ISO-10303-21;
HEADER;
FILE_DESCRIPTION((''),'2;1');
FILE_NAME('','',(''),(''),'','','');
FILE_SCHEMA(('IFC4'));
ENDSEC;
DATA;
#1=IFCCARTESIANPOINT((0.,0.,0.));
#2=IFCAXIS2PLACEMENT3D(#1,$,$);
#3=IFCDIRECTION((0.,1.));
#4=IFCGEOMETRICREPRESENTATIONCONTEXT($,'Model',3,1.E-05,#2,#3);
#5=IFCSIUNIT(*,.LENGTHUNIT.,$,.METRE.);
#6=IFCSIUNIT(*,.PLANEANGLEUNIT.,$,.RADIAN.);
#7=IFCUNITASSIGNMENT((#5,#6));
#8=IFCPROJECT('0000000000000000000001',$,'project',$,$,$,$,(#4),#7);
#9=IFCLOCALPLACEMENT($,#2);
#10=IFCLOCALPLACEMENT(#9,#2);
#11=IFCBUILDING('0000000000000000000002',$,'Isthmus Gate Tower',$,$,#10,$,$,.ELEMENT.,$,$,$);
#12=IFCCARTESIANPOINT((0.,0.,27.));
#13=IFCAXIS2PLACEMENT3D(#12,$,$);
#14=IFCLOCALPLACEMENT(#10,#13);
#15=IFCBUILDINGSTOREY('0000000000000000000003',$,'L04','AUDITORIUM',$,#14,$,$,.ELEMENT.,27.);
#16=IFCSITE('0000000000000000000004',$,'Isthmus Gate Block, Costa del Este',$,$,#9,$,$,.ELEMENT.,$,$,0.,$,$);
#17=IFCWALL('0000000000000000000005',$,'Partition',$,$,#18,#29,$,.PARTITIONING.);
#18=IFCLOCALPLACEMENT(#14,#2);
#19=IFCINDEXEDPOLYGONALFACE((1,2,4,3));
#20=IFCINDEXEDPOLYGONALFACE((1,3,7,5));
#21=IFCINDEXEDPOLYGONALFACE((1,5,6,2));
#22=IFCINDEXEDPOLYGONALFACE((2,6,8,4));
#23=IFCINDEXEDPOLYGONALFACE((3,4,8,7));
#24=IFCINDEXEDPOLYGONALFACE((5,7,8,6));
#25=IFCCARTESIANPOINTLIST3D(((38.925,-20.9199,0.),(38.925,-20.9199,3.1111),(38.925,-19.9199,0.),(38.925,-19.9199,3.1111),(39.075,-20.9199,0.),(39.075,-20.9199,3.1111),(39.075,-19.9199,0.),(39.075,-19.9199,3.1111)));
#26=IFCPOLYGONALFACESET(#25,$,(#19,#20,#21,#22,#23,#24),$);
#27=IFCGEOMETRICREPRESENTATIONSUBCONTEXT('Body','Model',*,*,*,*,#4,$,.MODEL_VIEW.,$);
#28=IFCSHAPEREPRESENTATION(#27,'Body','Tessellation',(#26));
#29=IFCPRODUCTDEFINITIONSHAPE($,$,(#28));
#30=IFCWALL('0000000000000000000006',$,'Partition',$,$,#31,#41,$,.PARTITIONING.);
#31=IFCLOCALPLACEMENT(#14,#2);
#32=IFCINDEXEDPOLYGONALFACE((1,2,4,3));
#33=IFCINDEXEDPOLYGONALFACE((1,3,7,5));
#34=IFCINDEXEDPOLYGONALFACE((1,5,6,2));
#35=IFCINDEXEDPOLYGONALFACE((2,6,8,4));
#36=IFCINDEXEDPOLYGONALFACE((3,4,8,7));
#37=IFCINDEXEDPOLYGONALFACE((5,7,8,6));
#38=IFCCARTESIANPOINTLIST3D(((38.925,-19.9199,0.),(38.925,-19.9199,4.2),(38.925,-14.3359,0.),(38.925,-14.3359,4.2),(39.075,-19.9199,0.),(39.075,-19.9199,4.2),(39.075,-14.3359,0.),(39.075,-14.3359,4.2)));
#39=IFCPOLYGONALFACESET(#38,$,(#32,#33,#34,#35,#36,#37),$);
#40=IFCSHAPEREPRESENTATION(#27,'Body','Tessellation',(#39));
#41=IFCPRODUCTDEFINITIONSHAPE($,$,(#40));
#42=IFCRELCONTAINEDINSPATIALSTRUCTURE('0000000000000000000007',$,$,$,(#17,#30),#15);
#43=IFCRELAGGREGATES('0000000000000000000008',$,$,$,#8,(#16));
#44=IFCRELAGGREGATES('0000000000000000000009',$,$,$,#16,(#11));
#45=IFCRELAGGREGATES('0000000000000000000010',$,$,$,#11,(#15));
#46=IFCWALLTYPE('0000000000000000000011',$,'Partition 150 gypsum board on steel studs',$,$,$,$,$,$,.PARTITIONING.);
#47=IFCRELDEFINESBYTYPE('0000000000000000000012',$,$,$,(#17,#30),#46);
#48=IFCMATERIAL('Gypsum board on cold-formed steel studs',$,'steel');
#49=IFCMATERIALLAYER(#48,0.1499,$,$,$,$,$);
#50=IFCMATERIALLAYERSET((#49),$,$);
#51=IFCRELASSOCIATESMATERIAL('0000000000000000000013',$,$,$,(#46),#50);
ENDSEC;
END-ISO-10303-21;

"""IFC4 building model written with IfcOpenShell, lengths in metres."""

from ifc_helpers import new_model, si_unit, direction, frame, frame_2d, origin, place, context, subcontext, project, spatial, rectangle, extrude, material, layer, layer_set, type_object, element, save


model = new_model("IFC4")

# Units and contexts
model_context = context("Model", 3, precision=1e-05, world=origin(), true_north=direction((0.0, 1.0)))
body_context = subcontext(model_context, "Body", "Model", "MODEL_VIEW")
ifc_project = project(units=[si_unit("LENGTHUNIT", "METRE"), si_unit("PLANEANGLEUNIT", "RADIAN")], contexts=[model_context])

# Site, building, storey
site_placement = place(None, origin())
site = spatial("IfcSite", under=ifc_project, at=site_placement, Name="Isthmus Gate Block, Costa del Este", CompositionType="ELEMENT", RefElevation=0.0)
building_placement = place(site_placement, origin())
building = spatial("IfcBuilding", under=site, at=building_placement, Name="Isthmus Gate Tower", CompositionType="ELEMENT")
storey_placement = place(building_placement, frame((0.0, 0.0, 27.0)))
storey = spatial("IfcBuildingStorey", under=building, at=storey_placement, Name="L04", Description="AUDITORIUM", CompositionType="ELEMENT", Elevation=27.0)

# Walls
ifc_material_1 = material(Name="Gypsum board on cold-formed steel studs", Category="steel")
ifc_layer_1 = layer(ifc_material_1, 0.1499)
ifc_layer_set_1 = layer_set([ifc_layer_1])
wall_type_1 = type_object("IfcWallType", Name="Partition 150 gypsum board on steel studs", PredefinedType="PARTITIONING", material=ifc_layer_set_1)
wall_1_placement = place(storey_placement, frame((39.0, -20.9199, 0.0), z_axis=(0.0, 0.0, 1.0), x_axis=(0.0, 1.0, 0.0)))
element("IfcWall", 1, at=wall_1_placement, inside=storey, type_object=wall_type_1, Name="Partition", PredefinedType="PARTITIONING", context=body_context, shape_type="SweptSolid", body=[
    extrude(rectangle(XDim=1.0, YDim=0.1499, at=frame_2d((0.5, 0.0))), origin(), (0.0, 0.0, 1.0), 3.1111),
])
wall_2_placement = place(storey_placement, frame((39.0, -19.9199, 0.0), z_axis=(0.0, 0.0, 1.0), x_axis=(0.0, 1.0, 0.0)))
element("IfcWall", 2, at=wall_2_placement, inside=storey, type_object=wall_type_1, Name="Partition", PredefinedType="PARTITIONING", context=body_context, shape_type="SweptSolid", body=[
    extrude(rectangle(XDim=5.584, YDim=0.1499, at=frame_2d((2.792, 0.0))), origin(), (0.0, 0.0, 1.0), 4.2),
])

save(model, "model.ifc")
